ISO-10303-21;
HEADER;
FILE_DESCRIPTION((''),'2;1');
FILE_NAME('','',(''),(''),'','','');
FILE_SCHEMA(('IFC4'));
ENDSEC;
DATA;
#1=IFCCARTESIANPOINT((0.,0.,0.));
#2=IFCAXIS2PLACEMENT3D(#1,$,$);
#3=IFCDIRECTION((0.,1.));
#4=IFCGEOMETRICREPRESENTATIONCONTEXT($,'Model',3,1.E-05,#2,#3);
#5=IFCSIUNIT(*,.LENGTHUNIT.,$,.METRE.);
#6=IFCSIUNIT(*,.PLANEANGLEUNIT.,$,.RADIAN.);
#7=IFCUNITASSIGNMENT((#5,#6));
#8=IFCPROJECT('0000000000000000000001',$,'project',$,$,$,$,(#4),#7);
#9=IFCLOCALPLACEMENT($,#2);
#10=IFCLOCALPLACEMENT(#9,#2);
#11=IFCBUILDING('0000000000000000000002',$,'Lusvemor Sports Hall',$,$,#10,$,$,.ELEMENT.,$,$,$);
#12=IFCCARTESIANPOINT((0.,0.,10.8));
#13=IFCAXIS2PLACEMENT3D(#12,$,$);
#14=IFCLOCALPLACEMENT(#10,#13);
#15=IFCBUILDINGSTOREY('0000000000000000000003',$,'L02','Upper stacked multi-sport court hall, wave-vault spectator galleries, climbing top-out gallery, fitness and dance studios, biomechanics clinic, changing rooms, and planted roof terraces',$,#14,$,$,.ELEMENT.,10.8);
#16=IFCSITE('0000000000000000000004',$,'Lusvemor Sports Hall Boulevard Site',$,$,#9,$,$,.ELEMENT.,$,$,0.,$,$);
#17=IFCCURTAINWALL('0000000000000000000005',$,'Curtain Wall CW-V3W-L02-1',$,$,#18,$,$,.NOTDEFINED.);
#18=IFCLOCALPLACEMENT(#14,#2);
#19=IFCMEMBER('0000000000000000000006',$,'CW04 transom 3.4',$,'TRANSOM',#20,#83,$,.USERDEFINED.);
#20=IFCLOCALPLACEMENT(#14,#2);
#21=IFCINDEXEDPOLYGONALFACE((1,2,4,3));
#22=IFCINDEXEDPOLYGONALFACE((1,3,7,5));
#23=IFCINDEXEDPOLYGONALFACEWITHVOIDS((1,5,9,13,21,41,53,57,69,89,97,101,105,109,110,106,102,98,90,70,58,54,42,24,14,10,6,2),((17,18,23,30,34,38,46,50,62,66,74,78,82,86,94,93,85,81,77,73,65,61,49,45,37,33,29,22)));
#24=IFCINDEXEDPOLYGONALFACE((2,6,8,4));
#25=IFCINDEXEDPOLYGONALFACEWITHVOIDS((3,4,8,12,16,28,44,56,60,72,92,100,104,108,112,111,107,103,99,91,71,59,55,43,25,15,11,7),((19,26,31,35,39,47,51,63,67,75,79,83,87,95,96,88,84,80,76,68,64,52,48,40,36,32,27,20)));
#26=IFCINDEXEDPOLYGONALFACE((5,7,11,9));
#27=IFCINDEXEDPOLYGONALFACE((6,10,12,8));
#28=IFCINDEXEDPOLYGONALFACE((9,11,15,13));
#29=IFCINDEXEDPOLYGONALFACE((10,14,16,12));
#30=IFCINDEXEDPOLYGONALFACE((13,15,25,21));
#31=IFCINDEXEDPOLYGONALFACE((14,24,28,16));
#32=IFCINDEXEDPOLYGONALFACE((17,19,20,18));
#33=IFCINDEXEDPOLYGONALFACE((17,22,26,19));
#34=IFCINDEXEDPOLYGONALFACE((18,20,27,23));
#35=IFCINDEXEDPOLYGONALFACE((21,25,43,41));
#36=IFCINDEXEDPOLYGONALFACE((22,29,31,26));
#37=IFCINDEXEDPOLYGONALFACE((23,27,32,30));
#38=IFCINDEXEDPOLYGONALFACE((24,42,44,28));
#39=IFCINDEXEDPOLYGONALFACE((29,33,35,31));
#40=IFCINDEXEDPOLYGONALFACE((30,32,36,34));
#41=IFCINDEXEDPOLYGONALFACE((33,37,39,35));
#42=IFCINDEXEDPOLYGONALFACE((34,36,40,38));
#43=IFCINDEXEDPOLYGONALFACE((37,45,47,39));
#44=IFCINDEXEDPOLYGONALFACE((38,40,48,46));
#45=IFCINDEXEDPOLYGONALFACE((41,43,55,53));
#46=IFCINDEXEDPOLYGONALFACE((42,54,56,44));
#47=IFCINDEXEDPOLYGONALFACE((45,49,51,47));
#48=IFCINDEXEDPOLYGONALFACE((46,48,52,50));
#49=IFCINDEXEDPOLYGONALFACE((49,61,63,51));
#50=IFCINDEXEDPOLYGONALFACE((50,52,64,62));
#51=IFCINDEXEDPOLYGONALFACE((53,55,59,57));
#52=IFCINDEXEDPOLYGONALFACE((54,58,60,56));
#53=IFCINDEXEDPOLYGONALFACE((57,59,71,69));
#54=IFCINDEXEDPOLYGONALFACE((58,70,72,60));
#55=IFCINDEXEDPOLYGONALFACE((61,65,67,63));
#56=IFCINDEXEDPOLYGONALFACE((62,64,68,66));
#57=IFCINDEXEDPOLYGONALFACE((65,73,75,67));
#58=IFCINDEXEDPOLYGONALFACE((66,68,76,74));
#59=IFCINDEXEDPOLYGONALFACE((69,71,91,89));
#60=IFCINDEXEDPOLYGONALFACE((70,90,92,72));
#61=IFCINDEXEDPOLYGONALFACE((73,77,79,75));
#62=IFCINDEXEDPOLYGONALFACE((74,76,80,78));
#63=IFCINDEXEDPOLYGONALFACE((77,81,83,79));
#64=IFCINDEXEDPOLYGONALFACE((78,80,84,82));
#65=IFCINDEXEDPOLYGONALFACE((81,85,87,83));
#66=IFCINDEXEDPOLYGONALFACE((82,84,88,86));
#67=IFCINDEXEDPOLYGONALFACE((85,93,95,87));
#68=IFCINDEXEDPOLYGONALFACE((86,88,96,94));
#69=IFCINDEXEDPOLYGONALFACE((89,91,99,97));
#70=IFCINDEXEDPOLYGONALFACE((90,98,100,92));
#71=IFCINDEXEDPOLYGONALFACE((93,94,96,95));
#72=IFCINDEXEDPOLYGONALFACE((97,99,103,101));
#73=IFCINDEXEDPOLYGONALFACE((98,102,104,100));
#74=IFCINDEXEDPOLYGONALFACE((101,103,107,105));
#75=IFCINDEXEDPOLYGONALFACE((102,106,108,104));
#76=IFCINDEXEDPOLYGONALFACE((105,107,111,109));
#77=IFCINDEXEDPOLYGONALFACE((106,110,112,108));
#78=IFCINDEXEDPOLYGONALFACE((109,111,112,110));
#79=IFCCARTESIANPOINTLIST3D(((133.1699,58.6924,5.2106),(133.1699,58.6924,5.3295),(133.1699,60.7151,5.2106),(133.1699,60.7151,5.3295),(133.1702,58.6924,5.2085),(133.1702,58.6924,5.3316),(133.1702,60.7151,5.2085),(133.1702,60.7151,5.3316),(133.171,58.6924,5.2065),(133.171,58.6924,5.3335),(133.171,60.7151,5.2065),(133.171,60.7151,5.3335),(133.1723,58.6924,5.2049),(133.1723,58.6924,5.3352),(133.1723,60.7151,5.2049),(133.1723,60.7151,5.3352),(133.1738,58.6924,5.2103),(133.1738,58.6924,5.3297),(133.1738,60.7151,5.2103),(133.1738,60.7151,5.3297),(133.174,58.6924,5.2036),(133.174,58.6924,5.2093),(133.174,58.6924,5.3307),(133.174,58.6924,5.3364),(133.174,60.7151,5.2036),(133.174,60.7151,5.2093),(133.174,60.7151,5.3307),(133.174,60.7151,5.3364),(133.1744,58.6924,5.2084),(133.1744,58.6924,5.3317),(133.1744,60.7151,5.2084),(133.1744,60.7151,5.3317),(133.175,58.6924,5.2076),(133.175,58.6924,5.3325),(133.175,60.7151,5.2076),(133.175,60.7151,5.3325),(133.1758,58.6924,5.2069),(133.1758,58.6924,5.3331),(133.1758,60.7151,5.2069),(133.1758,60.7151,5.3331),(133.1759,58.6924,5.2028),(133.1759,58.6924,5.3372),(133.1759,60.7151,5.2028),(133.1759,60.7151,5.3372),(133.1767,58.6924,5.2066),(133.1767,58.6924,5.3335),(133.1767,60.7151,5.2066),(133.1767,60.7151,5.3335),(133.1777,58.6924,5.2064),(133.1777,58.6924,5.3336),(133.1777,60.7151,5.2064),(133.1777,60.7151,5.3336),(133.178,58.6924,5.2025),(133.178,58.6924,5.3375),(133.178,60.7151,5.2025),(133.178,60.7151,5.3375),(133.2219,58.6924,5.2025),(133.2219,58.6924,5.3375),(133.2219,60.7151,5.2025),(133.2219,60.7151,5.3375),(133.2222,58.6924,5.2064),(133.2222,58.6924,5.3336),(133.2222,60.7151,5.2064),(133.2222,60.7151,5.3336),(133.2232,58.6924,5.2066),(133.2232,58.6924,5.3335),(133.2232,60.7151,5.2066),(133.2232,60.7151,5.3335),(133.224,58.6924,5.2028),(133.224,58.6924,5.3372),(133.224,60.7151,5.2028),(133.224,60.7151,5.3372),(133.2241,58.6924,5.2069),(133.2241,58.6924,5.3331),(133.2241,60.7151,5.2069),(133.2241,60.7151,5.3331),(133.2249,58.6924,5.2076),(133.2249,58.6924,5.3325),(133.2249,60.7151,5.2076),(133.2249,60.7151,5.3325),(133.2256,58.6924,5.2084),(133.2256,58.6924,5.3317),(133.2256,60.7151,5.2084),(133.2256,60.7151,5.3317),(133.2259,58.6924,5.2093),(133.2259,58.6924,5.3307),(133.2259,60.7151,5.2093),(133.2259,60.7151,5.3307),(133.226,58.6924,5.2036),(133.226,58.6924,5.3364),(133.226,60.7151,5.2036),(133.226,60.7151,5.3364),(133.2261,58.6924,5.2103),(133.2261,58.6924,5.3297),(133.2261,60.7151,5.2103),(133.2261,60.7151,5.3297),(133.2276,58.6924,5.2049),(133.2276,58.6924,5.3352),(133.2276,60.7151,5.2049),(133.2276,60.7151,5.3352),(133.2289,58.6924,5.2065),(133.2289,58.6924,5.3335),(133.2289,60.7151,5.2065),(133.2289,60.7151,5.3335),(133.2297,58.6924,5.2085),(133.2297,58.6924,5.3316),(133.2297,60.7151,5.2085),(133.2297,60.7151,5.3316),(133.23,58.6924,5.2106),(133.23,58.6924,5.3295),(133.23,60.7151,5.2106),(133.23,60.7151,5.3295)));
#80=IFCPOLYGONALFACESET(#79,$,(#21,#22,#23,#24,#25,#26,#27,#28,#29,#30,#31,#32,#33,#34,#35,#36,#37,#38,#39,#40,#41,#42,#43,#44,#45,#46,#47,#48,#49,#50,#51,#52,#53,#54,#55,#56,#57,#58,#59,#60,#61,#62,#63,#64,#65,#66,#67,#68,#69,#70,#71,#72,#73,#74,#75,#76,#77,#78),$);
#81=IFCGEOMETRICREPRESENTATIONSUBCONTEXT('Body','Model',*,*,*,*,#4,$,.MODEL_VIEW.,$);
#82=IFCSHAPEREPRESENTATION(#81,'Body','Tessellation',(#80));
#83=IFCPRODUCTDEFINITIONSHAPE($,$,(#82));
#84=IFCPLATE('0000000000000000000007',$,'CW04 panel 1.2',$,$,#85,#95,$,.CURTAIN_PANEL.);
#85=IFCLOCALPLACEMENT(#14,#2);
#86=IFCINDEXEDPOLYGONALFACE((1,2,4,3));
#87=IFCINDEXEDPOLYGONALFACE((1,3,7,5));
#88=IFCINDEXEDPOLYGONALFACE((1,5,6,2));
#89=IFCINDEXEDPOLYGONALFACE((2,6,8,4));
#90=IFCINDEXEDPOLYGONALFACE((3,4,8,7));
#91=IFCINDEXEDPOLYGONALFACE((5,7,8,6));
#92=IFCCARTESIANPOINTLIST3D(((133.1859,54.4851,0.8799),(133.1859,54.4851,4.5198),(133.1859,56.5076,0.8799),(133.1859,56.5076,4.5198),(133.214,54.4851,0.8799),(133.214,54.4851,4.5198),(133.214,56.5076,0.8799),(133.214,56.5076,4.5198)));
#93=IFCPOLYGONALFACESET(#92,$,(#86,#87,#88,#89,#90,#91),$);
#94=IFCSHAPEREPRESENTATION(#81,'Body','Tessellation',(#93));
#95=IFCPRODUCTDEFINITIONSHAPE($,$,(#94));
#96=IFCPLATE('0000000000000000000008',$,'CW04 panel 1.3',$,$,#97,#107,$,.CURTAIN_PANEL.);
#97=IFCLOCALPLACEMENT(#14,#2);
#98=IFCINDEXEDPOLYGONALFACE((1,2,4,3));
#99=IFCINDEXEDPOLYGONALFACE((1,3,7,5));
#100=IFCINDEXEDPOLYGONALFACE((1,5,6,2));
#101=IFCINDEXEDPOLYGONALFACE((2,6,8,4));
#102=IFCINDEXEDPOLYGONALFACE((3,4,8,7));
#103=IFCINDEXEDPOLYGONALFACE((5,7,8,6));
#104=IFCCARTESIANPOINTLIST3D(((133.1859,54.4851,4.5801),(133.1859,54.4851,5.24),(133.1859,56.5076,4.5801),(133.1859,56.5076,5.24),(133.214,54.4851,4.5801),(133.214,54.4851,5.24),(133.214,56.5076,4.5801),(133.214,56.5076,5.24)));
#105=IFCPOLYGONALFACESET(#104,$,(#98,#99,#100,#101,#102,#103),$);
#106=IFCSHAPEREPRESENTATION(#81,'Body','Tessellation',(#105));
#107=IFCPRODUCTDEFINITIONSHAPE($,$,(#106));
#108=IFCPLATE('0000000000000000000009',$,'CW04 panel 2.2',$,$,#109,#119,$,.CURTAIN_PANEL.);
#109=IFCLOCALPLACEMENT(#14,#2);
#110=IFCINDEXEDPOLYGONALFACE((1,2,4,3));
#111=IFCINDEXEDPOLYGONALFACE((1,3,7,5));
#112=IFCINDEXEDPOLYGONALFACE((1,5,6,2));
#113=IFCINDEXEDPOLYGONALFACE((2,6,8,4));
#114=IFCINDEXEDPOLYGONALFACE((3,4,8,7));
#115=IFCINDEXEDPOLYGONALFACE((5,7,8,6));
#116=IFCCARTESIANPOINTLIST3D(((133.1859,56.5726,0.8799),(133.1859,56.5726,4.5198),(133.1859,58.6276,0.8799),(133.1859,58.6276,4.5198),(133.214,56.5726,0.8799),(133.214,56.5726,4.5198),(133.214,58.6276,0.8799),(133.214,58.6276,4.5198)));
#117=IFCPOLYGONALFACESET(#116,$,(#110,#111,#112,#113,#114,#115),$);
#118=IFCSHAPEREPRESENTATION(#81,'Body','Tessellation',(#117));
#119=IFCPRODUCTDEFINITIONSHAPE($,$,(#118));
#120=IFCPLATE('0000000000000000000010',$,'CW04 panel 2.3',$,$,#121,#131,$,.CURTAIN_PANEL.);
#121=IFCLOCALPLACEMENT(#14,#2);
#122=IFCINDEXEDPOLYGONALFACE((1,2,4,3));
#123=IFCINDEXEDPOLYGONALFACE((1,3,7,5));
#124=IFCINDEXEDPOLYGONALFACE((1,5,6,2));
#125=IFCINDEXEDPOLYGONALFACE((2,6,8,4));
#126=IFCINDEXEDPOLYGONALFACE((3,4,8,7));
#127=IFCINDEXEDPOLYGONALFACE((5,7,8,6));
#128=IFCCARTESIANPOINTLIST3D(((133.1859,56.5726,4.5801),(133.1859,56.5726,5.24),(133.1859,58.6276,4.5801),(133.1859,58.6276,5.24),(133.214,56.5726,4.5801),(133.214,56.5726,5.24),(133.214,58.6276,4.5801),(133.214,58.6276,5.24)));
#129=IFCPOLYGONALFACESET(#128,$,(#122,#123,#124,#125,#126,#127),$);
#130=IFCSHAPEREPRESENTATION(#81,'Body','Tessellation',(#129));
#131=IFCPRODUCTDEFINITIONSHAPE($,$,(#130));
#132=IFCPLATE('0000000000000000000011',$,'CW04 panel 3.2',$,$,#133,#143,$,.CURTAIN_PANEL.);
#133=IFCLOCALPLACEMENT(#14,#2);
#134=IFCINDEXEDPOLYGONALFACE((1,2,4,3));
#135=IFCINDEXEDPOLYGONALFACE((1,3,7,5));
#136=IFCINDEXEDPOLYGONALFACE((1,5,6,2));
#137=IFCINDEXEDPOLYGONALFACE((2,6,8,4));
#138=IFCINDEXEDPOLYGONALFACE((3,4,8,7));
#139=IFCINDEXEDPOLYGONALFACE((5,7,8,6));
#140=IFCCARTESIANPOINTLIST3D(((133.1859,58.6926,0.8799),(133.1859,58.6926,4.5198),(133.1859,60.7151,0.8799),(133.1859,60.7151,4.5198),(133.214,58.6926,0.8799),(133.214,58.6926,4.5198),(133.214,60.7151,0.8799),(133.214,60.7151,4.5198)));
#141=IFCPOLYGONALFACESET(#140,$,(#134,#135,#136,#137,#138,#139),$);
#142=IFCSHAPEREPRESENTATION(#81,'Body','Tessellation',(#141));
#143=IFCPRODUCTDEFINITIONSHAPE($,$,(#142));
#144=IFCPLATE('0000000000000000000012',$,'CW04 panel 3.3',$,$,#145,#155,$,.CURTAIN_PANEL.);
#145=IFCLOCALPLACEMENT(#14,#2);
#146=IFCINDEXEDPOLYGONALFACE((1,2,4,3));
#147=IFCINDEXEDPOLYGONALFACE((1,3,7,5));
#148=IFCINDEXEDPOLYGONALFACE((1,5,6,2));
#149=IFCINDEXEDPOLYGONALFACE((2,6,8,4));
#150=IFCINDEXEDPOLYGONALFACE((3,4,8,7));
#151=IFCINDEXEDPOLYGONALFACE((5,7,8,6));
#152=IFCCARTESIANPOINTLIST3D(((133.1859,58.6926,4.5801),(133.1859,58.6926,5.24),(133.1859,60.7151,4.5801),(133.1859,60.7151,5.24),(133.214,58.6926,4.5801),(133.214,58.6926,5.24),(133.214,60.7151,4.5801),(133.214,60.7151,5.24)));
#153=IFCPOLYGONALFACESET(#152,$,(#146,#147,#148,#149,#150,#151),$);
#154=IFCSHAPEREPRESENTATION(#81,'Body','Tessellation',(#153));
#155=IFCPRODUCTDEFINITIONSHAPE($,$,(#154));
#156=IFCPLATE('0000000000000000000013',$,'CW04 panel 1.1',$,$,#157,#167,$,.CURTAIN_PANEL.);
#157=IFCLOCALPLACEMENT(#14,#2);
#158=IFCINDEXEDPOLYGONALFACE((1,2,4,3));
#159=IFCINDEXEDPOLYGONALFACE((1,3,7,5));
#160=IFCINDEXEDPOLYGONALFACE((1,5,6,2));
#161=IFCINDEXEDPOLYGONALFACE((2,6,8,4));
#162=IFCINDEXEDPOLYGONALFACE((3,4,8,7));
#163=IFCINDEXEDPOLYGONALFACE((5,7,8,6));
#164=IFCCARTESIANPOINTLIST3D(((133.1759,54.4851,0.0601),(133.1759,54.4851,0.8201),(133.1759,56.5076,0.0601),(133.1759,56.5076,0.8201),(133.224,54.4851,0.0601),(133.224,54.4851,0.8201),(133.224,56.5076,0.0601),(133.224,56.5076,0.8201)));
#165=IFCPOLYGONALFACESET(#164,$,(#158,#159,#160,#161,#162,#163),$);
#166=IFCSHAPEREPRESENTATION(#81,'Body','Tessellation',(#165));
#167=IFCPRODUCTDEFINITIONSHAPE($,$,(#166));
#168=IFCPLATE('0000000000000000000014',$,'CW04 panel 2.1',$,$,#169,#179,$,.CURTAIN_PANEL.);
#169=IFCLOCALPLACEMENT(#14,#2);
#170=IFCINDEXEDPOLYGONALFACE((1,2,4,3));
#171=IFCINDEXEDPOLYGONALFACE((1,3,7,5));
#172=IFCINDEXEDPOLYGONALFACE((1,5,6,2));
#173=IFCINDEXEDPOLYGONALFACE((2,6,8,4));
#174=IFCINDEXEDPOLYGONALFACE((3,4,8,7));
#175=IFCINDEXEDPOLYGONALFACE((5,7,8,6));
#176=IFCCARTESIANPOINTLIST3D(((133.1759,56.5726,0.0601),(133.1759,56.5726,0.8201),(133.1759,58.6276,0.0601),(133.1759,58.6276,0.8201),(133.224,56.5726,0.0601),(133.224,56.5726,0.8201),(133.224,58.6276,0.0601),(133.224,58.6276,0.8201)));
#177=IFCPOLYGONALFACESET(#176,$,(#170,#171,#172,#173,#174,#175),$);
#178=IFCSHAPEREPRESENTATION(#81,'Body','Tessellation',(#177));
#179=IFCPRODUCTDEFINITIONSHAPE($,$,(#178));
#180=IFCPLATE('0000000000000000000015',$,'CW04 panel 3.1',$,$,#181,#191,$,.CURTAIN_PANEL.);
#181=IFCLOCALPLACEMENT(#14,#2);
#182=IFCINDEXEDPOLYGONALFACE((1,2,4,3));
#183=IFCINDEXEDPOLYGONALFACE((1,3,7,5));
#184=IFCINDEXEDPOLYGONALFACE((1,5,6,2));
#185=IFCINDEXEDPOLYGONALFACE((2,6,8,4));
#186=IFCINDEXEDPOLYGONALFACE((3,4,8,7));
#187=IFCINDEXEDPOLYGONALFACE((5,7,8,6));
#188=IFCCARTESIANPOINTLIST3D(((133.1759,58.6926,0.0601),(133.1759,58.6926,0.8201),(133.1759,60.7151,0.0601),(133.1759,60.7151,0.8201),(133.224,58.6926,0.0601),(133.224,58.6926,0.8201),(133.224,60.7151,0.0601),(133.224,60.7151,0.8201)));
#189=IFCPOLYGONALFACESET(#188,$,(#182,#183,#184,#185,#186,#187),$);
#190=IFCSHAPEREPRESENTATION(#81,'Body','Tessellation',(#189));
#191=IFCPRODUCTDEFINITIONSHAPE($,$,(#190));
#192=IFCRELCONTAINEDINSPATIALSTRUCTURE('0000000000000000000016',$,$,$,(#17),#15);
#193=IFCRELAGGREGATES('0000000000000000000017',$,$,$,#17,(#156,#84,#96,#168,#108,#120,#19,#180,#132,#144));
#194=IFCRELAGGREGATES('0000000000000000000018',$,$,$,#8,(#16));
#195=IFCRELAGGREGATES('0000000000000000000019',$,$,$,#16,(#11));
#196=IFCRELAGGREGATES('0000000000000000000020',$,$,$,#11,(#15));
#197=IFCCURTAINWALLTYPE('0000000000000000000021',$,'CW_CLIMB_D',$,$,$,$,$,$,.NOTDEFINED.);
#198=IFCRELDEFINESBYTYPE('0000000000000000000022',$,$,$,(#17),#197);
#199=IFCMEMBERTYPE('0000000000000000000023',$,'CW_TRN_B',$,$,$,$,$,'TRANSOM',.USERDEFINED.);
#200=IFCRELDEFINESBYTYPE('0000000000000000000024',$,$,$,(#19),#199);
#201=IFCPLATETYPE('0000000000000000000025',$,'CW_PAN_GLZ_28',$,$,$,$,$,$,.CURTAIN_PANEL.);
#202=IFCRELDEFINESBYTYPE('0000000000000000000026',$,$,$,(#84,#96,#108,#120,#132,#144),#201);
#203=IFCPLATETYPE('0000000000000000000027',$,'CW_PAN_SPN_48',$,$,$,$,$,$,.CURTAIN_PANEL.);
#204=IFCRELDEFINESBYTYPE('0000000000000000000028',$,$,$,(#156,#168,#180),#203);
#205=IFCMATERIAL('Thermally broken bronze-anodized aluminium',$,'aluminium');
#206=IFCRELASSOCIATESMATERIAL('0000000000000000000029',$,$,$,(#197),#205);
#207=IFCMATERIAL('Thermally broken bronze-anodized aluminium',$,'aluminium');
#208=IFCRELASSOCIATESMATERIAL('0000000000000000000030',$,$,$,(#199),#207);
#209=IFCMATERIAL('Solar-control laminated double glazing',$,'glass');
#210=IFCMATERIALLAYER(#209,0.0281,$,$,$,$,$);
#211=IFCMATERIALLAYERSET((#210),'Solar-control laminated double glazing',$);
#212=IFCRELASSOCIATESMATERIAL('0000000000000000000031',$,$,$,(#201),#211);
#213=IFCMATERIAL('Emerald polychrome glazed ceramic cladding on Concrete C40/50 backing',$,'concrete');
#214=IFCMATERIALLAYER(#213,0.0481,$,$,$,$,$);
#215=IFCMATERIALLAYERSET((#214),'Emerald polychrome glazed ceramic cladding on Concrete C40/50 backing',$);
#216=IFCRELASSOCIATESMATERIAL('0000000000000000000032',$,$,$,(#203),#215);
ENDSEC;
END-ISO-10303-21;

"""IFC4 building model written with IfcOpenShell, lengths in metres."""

from ifc_helpers import new_model, si_unit, direction, frame, origin, origin_2d, place, context, subcontext, project, spatial, rectangle, hollow_rectangle, extrude, material, layer, layer_set, material_profile, profile_set, type_object, element, aggregate, save


model = new_model("IFC4")

# Units and contexts
model_context = context("Model", 3, precision=1e-05, world=origin(), true_north=direction((0.0, 1.0)))
body_context = subcontext(model_context, "Body", "Model", "MODEL_VIEW")
ifc_project = project(units=[si_unit("LENGTHUNIT", "METRE"), si_unit("PLANEANGLEUNIT", "RADIAN")], contexts=[model_context])

# Site, building, storey
site_placement = place(None, origin())
site = spatial("IfcSite", under=ifc_project, at=site_placement, Name="Lusvemor Sports Hall Boulevard Site", CompositionType="ELEMENT", RefElevation=0.0)
building_placement = place(site_placement, origin())
building = spatial("IfcBuilding", under=site, at=building_placement, Name="Lusvemor Sports Hall", CompositionType="ELEMENT")
storey_placement = place(building_placement, frame((0.0, 0.0, 10.8)))
storey = spatial("IfcBuildingStorey", under=building, at=storey_placement, Name="L02", Description="Upper stacked multi-sport court hall, wave-vault spectator galleries, climbing top-out gallery, fitness and dance studios, biomechanics clinic, changing rooms, and planted roof terraces", CompositionType="ELEMENT", Elevation=10.8)

# Curtain wall, member, plates
ifc_material_1 = material(Name="Thermally broken bronze-anodized aluminium", Category="aluminium")
curtain_wall_type = type_object("IfcCurtainWallType", Name="CW_CLIMB_D", PredefinedType="NOTDEFINED", material=ifc_material_1)
curtain_wall_placement = place(storey_placement, origin())
curtain_wall = element("IfcCurtainWall", 1, at=curtain_wall_placement, inside=storey, type_object=curtain_wall_type, Name="Curtain Wall CW-V3W-L02-1", PredefinedType="NOTDEFINED")
ifc_material_2 = material(Name="Thermally broken bronze-anodized aluminium", Category="aluminium")
ifc_material_profile_1 = material_profile(ifc_material_2, hollow_rectangle(XDim=0.0601, YDim=0.135, WallThickness=0.0039, InnerFilletRadius=0.0039, OuterFilletRadius=0.0081, at=origin_2d()), Name="CWTRN135x60x4")
ifc_profile_set_1 = profile_set([ifc_material_profile_1], Name="Thermally broken bronze-anodized aluminium")
member_type_1 = type_object("IfcMemberType", Name="CW_TRN_B", ElementType="TRANSOM", PredefinedType="USERDEFINED", material=ifc_profile_set_1)
member_1_placement = place(storey_placement, frame((133.2, 58.6924, 5.27), z_axis=(0.0, 1.0, 0.0), x_axis=(-1.0, 0.0, 0.0)))
member_1 = element("IfcMember", 2, at=member_1_placement, type_object=member_type_1, Name="CW04 transom 3.4", ObjectType="TRANSOM", PredefinedType="USERDEFINED", context=body_context, shape_type="SweptSolid", body=[
    extrude(hollow_rectangle(XDim=0.0601, YDim=0.135, WallThickness=0.0039, InnerFilletRadius=0.0039, OuterFilletRadius=0.0081, at=origin_2d()), origin(), (0.0, 0.0, 1.0), 2.0227),
])
ifc_material_3 = material(Name="Solar-control laminated double glazing", Category="glass")
ifc_layer_1 = layer(ifc_material_3, 0.0281)
ifc_layer_set_1 = layer_set([ifc_layer_1], Name="Solar-control laminated double glazing")
plate_type_1 = type_object("IfcPlateType", Name="CW_PAN_GLZ_28", PredefinedType="CURTAIN_PANEL", material=ifc_layer_set_1)
plate_1_placement = place(storey_placement, frame((133.2, 55.4963, 0.8799), z_axis=(0.0, 0.0, 1.0), x_axis=(0.0, 1.0, 0.0)))
plate_1 = element("IfcPlate", 3, at=plate_1_placement, type_object=plate_type_1, Name="CW04 panel 1.2", PredefinedType="CURTAIN_PANEL", context=body_context, shape_type="SweptSolid", body=[
    extrude(rectangle(XDim=2.0225, YDim=0.0281, at=origin_2d()), origin(), (0.0, 0.0, 1.0), 3.6399),
])
plate_2_placement = place(storey_placement, frame((133.2, 55.4963, 4.5801), z_axis=(0.0, 0.0, 1.0), x_axis=(0.0, 1.0, 0.0)))
plate_2 = element("IfcPlate", 4, at=plate_2_placement, type_object=plate_type_1, Name="CW04 panel 1.3", PredefinedType="CURTAIN_PANEL", context=body_context, shape_type="SweptSolid", body=[
    extrude(rectangle(XDim=2.0225, YDim=0.0281, at=origin_2d()), origin(), (0.0, 0.0, 1.0), 0.6599),
])
plate_3_placement = place(storey_placement, frame((133.2, 57.6001, 0.8799), z_axis=(0.0, 0.0, 1.0), x_axis=(0.0, 1.0, 0.0)))
plate_3 = element("IfcPlate", 5, at=plate_3_placement, type_object=plate_type_1, Name="CW04 panel 2.2", PredefinedType="CURTAIN_PANEL", context=body_context, shape_type="SweptSolid", body=[
    extrude(rectangle(XDim=2.0549, YDim=0.0281, at=origin_2d()), origin(), (0.0, 0.0, 1.0), 3.6399),
])
plate_4_placement = place(storey_placement, frame((133.2, 57.6001, 4.5801), z_axis=(0.0, 0.0, 1.0), x_axis=(0.0, 1.0, 0.0)))
plate_4 = element("IfcPlate", 6, at=plate_4_placement, type_object=plate_type_1, Name="CW04 panel 2.3", PredefinedType="CURTAIN_PANEL", context=body_context, shape_type="SweptSolid", body=[
    extrude(rectangle(XDim=2.0549, YDim=0.0281, at=origin_2d()), origin(), (0.0, 0.0, 1.0), 0.6599),
])
plate_5_placement = place(storey_placement, frame((133.2, 59.7039, 0.8799), z_axis=(0.0, 0.0, 1.0), x_axis=(0.0, 1.0, 0.0)))
plate_5 = element("IfcPlate", 7, at=plate_5_placement, type_object=plate_type_1, Name="CW04 panel 3.2", PredefinedType="CURTAIN_PANEL", context=body_context, shape_type="SweptSolid", body=[
    extrude(rectangle(XDim=2.0225, YDim=0.0281, at=origin_2d()), origin(), (0.0, 0.0, 1.0), 3.6399),
])
plate_6_placement = place(storey_placement, frame((133.2, 59.7039, 4.5801), z_axis=(0.0, 0.0, 1.0), x_axis=(0.0, 1.0, 0.0)))
plate_6 = element("IfcPlate", 8, at=plate_6_placement, type_object=plate_type_1, Name="CW04 panel 3.3", PredefinedType="CURTAIN_PANEL", context=body_context, shape_type="SweptSolid", body=[
    extrude(rectangle(XDim=2.0225, YDim=0.0281, at=origin_2d()), origin(), (0.0, 0.0, 1.0), 0.6599),
])
ifc_material_4 = material(Name="Emerald polychrome glazed ceramic cladding on Concrete C40/50 backing", Category="concrete")
ifc_layer_2 = layer(ifc_material_4, 0.0481)
ifc_layer_set_2 = layer_set([ifc_layer_2], Name="Emerald polychrome glazed ceramic cladding on Concrete C40/50 backing")
plate_type_2 = type_object("IfcPlateType", Name="CW_PAN_SPN_48", PredefinedType="CURTAIN_PANEL", material=ifc_layer_set_2)
plate_7_placement = place(storey_placement, frame((133.2, 55.4963, 0.0601), z_axis=(0.0, 0.0, 1.0), x_axis=(0.0, 1.0, 0.0)))
plate_7 = element("IfcPlate", 9, at=plate_7_placement, type_object=plate_type_2, Name="CW04 panel 1.1", PredefinedType="CURTAIN_PANEL", context=body_context, shape_type="SweptSolid", body=[
    extrude(rectangle(XDim=2.0225, YDim=0.0481, at=origin_2d()), origin(), (0.0, 0.0, 1.0), 0.76),
])
plate_8_placement = place(storey_placement, frame((133.2, 57.6001, 0.0601), z_axis=(0.0, 0.0, 1.0), x_axis=(0.0, 1.0, 0.0)))
plate_8 = element("IfcPlate", 10, at=plate_8_placement, type_object=plate_type_2, Name="CW04 panel 2.1", PredefinedType="CURTAIN_PANEL", context=body_context, shape_type="SweptSolid", body=[
    extrude(rectangle(XDim=2.0549, YDim=0.0481, at=origin_2d()), origin(), (0.0, 0.0, 1.0), 0.76),
])
plate_9_placement = place(storey_placement, frame((133.2, 59.7039, 0.0601), z_axis=(0.0, 0.0, 1.0), x_axis=(0.0, 1.0, 0.0)))
plate_9 = element("IfcPlate", 11, at=plate_9_placement, type_object=plate_type_2, Name="CW04 panel 3.1", PredefinedType="CURTAIN_PANEL", context=body_context, shape_type="SweptSolid", body=[
    extrude(rectangle(XDim=2.0225, YDim=0.0481, at=origin_2d()), origin(), (0.0, 0.0, 1.0), 0.76),
])
aggregate(curtain_wall, [plate_7, plate_1, plate_2, plate_8, plate_3, plate_4, member_1, plate_9, plate_5, plate_6])

save(model, "model.ifc")
